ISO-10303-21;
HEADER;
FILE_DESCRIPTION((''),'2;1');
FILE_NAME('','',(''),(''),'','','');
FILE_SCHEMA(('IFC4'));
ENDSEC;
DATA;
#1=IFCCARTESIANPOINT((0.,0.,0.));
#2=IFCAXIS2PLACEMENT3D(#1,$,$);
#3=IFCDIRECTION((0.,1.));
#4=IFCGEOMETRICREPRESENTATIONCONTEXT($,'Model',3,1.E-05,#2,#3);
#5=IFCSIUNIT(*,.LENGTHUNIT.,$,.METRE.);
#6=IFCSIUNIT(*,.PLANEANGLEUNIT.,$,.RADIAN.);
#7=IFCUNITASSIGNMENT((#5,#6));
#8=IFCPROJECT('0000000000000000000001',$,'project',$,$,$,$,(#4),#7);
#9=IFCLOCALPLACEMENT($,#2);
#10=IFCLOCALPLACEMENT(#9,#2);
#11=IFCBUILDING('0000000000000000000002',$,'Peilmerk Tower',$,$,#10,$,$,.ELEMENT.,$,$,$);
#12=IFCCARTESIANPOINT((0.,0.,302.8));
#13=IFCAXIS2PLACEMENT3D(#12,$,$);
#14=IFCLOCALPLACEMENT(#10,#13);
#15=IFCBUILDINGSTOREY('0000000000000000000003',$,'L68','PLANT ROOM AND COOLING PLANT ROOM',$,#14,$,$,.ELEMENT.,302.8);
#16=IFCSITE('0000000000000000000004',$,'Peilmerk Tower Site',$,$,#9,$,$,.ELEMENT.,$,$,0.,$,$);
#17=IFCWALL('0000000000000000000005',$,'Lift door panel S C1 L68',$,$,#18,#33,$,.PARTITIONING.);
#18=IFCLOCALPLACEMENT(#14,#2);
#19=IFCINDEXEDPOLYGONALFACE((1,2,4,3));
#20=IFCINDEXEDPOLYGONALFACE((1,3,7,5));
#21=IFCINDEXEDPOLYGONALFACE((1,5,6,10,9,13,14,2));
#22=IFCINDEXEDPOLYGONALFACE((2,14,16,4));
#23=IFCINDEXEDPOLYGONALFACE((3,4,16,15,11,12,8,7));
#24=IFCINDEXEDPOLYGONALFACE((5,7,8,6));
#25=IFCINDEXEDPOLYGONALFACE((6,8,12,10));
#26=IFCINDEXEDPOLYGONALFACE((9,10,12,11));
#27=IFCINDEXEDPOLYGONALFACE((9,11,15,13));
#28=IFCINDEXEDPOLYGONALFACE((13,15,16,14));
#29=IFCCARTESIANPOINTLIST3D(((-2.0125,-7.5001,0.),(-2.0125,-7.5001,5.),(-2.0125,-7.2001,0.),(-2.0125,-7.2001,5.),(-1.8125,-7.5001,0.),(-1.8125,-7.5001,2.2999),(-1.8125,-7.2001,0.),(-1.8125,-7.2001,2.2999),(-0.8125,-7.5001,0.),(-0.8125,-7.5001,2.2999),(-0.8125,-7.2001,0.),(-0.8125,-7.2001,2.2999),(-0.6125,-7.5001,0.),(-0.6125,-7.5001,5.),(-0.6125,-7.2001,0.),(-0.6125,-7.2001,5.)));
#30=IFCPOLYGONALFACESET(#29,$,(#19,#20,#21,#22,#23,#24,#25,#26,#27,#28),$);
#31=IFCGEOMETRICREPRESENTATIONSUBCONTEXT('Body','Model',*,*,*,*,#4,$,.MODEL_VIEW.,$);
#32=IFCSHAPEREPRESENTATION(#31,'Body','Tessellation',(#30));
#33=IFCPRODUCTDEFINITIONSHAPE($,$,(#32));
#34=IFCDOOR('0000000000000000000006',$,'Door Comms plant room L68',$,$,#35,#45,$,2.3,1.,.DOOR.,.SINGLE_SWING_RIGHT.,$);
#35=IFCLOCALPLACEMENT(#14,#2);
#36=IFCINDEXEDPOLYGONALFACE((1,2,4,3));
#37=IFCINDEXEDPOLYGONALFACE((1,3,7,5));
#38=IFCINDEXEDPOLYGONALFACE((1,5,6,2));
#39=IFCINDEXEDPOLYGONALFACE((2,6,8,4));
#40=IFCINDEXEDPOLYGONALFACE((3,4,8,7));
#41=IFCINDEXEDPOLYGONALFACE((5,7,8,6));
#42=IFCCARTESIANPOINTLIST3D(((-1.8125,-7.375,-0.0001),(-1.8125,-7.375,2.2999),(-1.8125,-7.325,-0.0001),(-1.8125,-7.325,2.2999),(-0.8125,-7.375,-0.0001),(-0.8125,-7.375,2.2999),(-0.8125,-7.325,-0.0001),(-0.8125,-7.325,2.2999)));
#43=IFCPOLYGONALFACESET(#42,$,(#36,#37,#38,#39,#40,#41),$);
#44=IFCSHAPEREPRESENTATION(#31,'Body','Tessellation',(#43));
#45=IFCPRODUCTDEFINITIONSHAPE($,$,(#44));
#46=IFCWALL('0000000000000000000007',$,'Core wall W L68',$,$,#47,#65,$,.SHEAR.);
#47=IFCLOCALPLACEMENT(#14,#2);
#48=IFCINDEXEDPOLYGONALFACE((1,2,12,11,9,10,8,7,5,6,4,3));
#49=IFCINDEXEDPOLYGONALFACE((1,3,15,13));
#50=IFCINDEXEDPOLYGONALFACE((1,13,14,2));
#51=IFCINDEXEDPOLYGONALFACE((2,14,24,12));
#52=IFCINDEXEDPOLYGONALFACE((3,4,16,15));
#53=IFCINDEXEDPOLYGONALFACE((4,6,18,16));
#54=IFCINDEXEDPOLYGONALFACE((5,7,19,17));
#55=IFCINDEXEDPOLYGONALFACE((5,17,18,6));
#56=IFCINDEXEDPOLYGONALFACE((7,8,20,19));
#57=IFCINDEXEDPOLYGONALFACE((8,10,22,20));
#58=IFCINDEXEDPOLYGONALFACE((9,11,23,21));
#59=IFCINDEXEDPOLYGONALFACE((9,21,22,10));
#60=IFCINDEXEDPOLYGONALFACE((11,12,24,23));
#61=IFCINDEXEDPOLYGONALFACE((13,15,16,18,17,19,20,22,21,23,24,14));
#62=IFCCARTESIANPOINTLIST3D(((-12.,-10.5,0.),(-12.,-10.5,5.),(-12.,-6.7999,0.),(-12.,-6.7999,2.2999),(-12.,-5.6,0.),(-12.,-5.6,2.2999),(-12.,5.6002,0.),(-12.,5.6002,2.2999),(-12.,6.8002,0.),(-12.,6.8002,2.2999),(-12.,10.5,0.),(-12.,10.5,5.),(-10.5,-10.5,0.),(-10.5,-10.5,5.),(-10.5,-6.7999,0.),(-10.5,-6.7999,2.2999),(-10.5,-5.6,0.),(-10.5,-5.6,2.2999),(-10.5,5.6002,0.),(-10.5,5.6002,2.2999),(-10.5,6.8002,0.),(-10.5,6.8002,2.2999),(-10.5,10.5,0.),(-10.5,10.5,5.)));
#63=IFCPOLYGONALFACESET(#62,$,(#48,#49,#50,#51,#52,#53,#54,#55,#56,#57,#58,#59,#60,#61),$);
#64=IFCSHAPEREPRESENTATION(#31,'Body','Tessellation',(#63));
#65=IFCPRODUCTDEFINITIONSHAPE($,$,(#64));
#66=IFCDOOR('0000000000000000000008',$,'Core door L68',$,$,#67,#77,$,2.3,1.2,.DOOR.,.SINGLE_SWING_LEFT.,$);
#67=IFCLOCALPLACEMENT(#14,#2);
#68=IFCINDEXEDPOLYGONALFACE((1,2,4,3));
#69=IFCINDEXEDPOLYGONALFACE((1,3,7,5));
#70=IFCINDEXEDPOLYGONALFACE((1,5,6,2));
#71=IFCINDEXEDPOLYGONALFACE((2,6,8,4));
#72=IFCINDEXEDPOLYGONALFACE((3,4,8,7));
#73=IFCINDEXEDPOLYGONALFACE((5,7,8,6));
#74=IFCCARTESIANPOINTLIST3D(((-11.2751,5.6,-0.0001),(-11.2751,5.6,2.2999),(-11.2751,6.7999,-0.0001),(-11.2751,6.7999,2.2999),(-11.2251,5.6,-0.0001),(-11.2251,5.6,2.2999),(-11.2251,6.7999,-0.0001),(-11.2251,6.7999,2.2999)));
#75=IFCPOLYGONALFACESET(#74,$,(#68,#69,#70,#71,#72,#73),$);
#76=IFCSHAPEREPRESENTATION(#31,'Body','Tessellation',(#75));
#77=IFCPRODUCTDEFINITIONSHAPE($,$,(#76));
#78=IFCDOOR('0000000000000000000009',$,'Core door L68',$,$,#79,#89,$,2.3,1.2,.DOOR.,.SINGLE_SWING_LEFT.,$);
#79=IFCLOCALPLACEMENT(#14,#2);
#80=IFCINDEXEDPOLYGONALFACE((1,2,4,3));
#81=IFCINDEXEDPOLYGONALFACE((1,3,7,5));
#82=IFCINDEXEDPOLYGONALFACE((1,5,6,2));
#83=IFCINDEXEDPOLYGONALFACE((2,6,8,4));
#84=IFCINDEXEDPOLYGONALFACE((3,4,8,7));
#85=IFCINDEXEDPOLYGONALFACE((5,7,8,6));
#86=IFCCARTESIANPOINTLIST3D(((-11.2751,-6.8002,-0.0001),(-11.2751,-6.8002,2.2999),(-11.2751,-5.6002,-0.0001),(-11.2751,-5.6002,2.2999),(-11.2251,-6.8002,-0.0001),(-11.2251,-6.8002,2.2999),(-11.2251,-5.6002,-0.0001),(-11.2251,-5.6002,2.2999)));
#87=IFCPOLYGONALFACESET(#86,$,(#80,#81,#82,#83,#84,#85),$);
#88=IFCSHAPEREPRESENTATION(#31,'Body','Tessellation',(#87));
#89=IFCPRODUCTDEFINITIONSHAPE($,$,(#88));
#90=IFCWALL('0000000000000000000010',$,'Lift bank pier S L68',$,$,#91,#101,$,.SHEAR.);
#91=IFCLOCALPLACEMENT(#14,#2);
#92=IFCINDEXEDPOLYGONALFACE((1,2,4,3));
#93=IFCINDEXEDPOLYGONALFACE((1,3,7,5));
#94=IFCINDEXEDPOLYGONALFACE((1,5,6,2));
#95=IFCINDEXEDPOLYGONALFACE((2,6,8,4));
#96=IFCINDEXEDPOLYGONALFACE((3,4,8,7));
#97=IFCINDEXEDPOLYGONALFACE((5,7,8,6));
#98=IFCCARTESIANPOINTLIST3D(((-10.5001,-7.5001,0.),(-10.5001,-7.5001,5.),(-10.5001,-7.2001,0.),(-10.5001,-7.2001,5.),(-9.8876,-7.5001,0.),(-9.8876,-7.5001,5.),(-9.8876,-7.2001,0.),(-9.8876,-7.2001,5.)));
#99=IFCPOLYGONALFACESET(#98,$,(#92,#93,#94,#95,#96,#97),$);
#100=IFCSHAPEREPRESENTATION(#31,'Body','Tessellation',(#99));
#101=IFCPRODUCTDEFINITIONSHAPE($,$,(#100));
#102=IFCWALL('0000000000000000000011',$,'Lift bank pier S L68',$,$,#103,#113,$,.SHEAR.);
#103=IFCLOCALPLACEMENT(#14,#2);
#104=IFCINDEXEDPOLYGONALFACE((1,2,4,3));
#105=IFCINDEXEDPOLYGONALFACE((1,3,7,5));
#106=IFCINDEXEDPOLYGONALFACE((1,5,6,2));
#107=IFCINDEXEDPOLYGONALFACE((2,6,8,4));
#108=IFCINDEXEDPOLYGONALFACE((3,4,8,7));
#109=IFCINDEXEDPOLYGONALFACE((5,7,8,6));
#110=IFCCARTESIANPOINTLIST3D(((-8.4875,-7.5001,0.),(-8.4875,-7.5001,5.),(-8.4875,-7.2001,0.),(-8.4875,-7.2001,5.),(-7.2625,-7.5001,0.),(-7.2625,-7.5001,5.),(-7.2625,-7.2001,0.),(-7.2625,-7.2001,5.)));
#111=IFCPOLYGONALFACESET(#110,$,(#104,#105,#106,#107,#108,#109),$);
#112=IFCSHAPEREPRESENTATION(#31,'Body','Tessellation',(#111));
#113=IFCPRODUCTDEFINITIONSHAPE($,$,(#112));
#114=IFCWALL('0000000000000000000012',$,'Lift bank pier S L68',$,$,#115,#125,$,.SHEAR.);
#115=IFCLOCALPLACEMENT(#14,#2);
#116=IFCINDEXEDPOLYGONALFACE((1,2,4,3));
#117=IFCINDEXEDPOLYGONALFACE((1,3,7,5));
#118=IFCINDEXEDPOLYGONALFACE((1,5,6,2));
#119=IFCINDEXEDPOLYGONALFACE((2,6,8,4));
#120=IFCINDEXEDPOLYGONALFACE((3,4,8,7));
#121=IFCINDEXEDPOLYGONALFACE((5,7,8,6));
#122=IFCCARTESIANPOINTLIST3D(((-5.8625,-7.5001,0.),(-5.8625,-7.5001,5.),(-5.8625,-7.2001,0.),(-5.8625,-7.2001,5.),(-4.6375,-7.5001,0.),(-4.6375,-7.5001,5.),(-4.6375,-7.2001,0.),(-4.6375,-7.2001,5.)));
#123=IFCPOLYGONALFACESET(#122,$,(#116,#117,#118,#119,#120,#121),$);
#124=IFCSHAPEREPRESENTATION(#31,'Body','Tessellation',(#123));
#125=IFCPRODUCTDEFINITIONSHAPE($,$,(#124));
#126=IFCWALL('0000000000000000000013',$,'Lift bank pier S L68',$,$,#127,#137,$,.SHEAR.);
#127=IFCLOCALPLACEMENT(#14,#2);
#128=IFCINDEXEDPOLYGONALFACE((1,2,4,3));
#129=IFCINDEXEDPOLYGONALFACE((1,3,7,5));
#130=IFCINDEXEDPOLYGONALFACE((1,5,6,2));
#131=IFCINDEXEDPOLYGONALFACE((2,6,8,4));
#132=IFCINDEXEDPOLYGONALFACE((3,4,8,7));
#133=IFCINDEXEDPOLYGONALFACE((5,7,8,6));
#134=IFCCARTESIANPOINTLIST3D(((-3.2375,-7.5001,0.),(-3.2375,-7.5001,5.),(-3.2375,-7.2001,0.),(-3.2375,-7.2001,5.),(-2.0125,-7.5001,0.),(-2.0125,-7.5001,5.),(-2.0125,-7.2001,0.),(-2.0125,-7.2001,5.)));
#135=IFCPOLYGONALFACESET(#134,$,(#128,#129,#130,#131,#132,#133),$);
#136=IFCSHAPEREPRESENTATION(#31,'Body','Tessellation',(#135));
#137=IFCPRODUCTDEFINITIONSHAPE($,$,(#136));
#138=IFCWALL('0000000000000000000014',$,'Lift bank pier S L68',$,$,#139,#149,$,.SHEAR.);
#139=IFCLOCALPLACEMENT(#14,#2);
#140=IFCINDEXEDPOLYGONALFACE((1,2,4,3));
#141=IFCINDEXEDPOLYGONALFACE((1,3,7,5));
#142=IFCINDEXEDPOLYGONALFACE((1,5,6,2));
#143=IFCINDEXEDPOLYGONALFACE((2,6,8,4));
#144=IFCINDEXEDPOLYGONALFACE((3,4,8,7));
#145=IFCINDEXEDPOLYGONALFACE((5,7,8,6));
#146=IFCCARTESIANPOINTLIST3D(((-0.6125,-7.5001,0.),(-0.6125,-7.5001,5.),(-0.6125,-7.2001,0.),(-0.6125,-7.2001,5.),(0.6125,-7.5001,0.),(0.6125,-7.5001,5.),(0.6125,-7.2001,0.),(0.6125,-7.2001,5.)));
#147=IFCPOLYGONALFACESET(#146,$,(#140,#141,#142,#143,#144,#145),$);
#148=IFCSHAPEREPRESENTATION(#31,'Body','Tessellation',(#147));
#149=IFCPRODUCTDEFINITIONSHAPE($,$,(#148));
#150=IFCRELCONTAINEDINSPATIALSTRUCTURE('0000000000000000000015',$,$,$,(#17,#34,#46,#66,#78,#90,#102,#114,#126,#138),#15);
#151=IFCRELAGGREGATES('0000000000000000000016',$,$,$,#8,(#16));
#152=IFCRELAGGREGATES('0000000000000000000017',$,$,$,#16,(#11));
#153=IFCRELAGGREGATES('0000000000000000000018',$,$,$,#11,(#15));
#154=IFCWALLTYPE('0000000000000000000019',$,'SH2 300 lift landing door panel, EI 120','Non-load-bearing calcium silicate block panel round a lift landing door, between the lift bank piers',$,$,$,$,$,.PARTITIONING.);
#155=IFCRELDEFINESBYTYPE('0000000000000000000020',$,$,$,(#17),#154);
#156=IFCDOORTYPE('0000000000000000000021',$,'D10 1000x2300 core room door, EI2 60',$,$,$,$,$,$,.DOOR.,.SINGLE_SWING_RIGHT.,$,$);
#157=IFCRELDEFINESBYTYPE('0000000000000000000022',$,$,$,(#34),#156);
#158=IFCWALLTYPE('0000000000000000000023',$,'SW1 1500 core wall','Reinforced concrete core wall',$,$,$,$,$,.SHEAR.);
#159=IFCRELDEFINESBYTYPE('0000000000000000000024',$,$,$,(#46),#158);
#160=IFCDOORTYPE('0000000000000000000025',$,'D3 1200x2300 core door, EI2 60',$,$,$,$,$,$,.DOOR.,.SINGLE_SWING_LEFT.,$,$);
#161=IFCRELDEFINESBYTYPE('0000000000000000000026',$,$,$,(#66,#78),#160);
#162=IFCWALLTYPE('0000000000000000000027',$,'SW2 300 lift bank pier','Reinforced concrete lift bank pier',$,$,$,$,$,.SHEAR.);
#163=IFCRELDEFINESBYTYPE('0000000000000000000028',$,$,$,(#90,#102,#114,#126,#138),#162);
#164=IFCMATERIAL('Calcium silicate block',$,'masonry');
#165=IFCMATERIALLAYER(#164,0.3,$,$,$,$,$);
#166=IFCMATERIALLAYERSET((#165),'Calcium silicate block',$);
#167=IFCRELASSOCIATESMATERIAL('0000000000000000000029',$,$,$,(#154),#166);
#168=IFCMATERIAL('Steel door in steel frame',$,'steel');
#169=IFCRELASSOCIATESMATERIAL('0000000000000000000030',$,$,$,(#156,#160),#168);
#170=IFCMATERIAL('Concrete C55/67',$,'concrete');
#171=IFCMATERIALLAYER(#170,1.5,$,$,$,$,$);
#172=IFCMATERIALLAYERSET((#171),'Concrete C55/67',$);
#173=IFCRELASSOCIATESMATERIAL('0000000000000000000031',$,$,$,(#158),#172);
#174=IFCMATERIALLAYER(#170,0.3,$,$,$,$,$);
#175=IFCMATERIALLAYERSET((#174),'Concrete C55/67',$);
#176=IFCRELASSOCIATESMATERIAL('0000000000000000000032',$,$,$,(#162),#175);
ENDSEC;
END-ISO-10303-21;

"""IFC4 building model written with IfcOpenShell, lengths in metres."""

from ifc_helpers import new_model, si_unit, direction, frame, frame_2d, origin, place, context, subcontext, project, spatial, rectangle, extrude, material, layer, layer_set, type_object, element, fill, save


model = new_model("IFC4")

# Units and contexts
model_context = context("Model", 3, precision=1e-05, world=origin(), true_north=direction((0.0, 1.0)))
body_context = subcontext(model_context, "Body", "Model", "MODEL_VIEW")
ifc_project = project(units=[si_unit("LENGTHUNIT", "METRE"), si_unit("PLANEANGLEUNIT", "RADIAN")], contexts=[model_context])

# Site, building, storey
site_placement = place(None, origin())
site = spatial("IfcSite", under=ifc_project, at=site_placement, Name="Peilmerk Tower Site", CompositionType="ELEMENT", RefElevation=0.0)
building_placement = place(site_placement, origin())
building = spatial("IfcBuilding", under=site, at=building_placement, Name="Peilmerk Tower", CompositionType="ELEMENT")
storey_placement = place(building_placement, frame((0.0, 0.0, 302.8)))
storey = spatial("IfcBuildingStorey", under=building, at=storey_placement, Name="L68", Description="PLANT ROOM AND COOLING PLANT ROOM", CompositionType="ELEMENT", Elevation=302.8)

# Shared definitions
ifc_material_1 = material(Name="Calcium silicate block", Category="masonry")
ifc_layer_1 = layer(ifc_material_1, 0.3)
ifc_layer_set_1 = layer_set([ifc_layer_1], Name="Calcium silicate block")
wall_type_1 = type_object("IfcWallType", Name="SH2 300 lift landing door panel, EI 120", Description="Non-load-bearing calcium silicate block panel round a lift landing door, between the lift bank piers", PredefinedType="PARTITIONING", material=ifc_layer_set_1)

# Shared definitions
ifc_material_2 = material(Name="Steel door in steel frame", Category="steel")
door_type_1 = type_object("IfcDoorType", Name="D10 1000x2300 core room door, EI2 60", OperationType="SINGLE_SWING_RIGHT", PredefinedType="DOOR", material=ifc_material_2)

# Wall, opening, door
wall_1_placement = place(storey_placement, frame((-2.0125, -7.3501, 0.0), z_axis=(0.0, 0.0, 1.0), x_axis=(1.0, 0.0, 0.0)))
wall_1 = element("IfcWall", 1, at=wall_1_placement, inside=storey, type_object=wall_type_1, Name="Lift door panel S C1 L68", PredefinedType="PARTITIONING", context=body_context, shape_type="SweptSolid", body=[
    extrude(rectangle(XDim=1.3999, YDim=0.3, at=frame_2d((0.7, 0.0))), origin(), (0.0, 0.0, 1.0), 5.0),
])
opening_1_placement = place(wall_1_placement, frame((0.2, 0.0, 0.0)))
opening_1 = element("IfcOpeningElement", 2, at=opening_1_placement, cuts=wall_1, PredefinedType="OPENING", context=body_context, shape_type="SweptSolid", body=[
    extrude(rectangle(XDim=1.0, YDim=2.3, at=frame_2d((0.5, 1.1499))), frame((0.0, 0.1599, 0.0), z_axis=(0.0, -1.0, 0.0), x_axis=(1.0, 0.0, 0.0)), (0.0, 0.0, 1.0), 0.3201),
])
door_1_placement = place(opening_1_placement, frame((1.0, 0.0, 0.0), z_axis=(0.0, 0.0, 1.0), x_axis=(-1.0, 0.0, 0.0)))
door_1 = element("IfcDoor", 3, at=door_1_placement, inside=storey, type_object=door_type_1, Name="Door Comms plant room L68", OperationType="SINGLE_SWING_RIGHT", OverallHeight=2.3, OverallWidth=1.0, PredefinedType="DOOR", context=body_context, shape_type="SweptSolid", body=[
    extrude(rectangle(XDim=1.0, YDim=2.3, at=frame_2d((0.5, 1.1499))), frame((0.0, 0.0249, 0.0), z_axis=(0.0, -1.0, 0.0), x_axis=(1.0, 0.0, 0.0)), (0.0, 0.0, 1.0), 0.05),
])
fill(opening_1, door_1)

# Wall, openings, doors
ifc_material_3 = material(Name="Concrete C55/67", Category="concrete")
ifc_layer_2 = layer(ifc_material_3, 1.5)
ifc_layer_set_2 = layer_set([ifc_layer_2], Name="Concrete C55/67")
wall_type_2 = type_object("IfcWallType", Name="SW1 1500 core wall", Description="Reinforced concrete core wall", PredefinedType="SHEAR", material=ifc_layer_set_2)
wall_2_placement = place(storey_placement, frame((-11.25, -10.5, 0.0), z_axis=(0.0, 0.0, 1.0), x_axis=(0.0, 1.0, 0.0)))
wall_2 = element("IfcWall", 4, at=wall_2_placement, inside=storey, type_object=wall_type_2, Name="Core wall W L68", PredefinedType="SHEAR", context=body_context, shape_type="SweptSolid", body=[
    extrude(rectangle(XDim=21.0, YDim=1.5, at=frame_2d((10.5, 0.0))), origin(), (0.0, 0.0, 1.0), 5.0),
])
opening_2_placement = place(wall_2_placement, frame((16.1001, 0.0, 0.0)))
opening_2 = element("IfcOpeningElement", 5, at=opening_2_placement, cuts=wall_2, PredefinedType="OPENING", context=body_context, shape_type="SweptSolid", body=[
    extrude(rectangle(XDim=1.2, YDim=2.3, at=frame_2d((0.6001, 1.1499))), frame((0.0, 0.76, 0.0), z_axis=(0.0, -1.0, 0.0), x_axis=(1.0, 0.0, 0.0)), (0.0, 0.0, 1.0), 1.52),
])
opening_3_placement = place(wall_2_placement, frame((3.7, 0.0, 0.0)))
opening_3 = element("IfcOpeningElement", 6, at=opening_3_placement, cuts=wall_2, PredefinedType="OPENING", context=body_context, shape_type="SweptSolid", body=[
    extrude(rectangle(XDim=1.2, YDim=2.3, at=frame_2d((0.6001, 1.1499))), frame((0.0, 0.76, 0.0), z_axis=(0.0, -1.0, 0.0), x_axis=(1.0, 0.0, 0.0)), (0.0, 0.0, 1.0), 1.52),
])
door_type_2 = type_object("IfcDoorType", Name="D3 1200x2300 core door, EI2 60", OperationType="SINGLE_SWING_LEFT", PredefinedType="DOOR", material=ifc_material_2)
door_2_placement = place(opening_2_placement, frame((1.2, 0.0, 0.0), z_axis=(0.0, 0.0, 1.0), x_axis=(-1.0, 0.0, 0.0)))
door_2 = element("IfcDoor", 7, at=door_2_placement, inside=storey, type_object=door_type_2, Name="Core door L68", OperationType="SINGLE_SWING_LEFT", OverallHeight=2.3, OverallWidth=1.2, PredefinedType="DOOR", context=body_context, shape_type="SweptSolid", body=[
    extrude(rectangle(XDim=1.2, YDim=2.3, at=frame_2d((0.6001, 1.1499))), frame((0.0, 0.0249, 0.0), z_axis=(0.0, -1.0, 0.0), x_axis=(1.0, 0.0, 0.0)), (0.0, 0.0, 1.0), 0.05),
])
fill(opening_2, door_2)
door_3_placement = place(opening_3_placement, frame((1.2, 0.0, 0.0), z_axis=(0.0, 0.0, 1.0), x_axis=(-1.0, 0.0, 0.0)))
door_3 = element("IfcDoor", 8, at=door_3_placement, inside=storey, type_object=door_type_2, Name="Core door L68", OperationType="SINGLE_SWING_LEFT", OverallHeight=2.3, OverallWidth=1.2, PredefinedType="DOOR", context=body_context, shape_type="SweptSolid", body=[
    extrude(rectangle(XDim=1.2, YDim=2.3, at=frame_2d((0.6001, 1.1499))), frame((0.0, 0.0249, 0.0), z_axis=(0.0, -1.0, 0.0), x_axis=(1.0, 0.0, 0.0)), (0.0, 0.0, 1.0), 0.05),
])
fill(opening_3, door_3)

# Walls
ifc_layer_3 = layer(ifc_material_3, 0.3)
ifc_layer_set_3 = layer_set([ifc_layer_3], Name="Concrete C55/67")
wall_type_3 = type_object("IfcWallType", Name="SW2 300 lift bank pier", Description="Reinforced concrete lift bank pier", PredefinedType="SHEAR", material=ifc_layer_set_3)
wall_3_placement = place(storey_placement, frame((-10.5, -7.3501, 0.0), z_axis=(0.0, 0.0, 1.0), x_axis=(1.0, 0.0, 0.0)))
element("IfcWall", 9, at=wall_3_placement, inside=storey, type_object=wall_type_3, Name="Lift bank pier S L68", PredefinedType="SHEAR", context=body_context, shape_type="SweptSolid", body=[
    extrude(rectangle(XDim=0.6125, YDim=0.3, at=frame_2d((0.3062, 0.0))), origin(), (0.0, 0.0, 1.0), 5.0),
])
for number, where, z_axis, x_axis, name in (
    (10, (-8.4875, -7.3501, 0.0), (0.0, 0.0, 1.0), (1.0, 0.0, 0.0), "Lift bank pier S L68"),
    (11, (-5.8625, -7.3501, 0.0), (0.0, 0.0, 1.0), (1.0, 0.0, 0.0), "Lift bank pier S L68"),
    (12, (-3.2375, -7.3501, 0.0), (0.0, 0.0, 1.0), (1.0, 0.0, 0.0), "Lift bank pier S L68"),
    (13, (-0.6125, -7.3501, 0.0), (0.0, 0.0, 1.0), (1.0, 0.0, 0.0), "Lift bank pier S L68"),
):
    element("IfcWall", number, at=place(storey_placement, frame(where, z_axis=z_axis, x_axis=x_axis)), inside=storey, type_object=wall_type_3, Name=name, PredefinedType="SHEAR", context=body_context, shape_type="SweptSolid", body=[
        extrude(rectangle(XDim=1.2251, YDim=0.3, at=frame_2d((0.6125, 0.0))), origin(), (0.0, 0.0, 1.0), 5.0),
    ])

save(model, "model.ifc")
